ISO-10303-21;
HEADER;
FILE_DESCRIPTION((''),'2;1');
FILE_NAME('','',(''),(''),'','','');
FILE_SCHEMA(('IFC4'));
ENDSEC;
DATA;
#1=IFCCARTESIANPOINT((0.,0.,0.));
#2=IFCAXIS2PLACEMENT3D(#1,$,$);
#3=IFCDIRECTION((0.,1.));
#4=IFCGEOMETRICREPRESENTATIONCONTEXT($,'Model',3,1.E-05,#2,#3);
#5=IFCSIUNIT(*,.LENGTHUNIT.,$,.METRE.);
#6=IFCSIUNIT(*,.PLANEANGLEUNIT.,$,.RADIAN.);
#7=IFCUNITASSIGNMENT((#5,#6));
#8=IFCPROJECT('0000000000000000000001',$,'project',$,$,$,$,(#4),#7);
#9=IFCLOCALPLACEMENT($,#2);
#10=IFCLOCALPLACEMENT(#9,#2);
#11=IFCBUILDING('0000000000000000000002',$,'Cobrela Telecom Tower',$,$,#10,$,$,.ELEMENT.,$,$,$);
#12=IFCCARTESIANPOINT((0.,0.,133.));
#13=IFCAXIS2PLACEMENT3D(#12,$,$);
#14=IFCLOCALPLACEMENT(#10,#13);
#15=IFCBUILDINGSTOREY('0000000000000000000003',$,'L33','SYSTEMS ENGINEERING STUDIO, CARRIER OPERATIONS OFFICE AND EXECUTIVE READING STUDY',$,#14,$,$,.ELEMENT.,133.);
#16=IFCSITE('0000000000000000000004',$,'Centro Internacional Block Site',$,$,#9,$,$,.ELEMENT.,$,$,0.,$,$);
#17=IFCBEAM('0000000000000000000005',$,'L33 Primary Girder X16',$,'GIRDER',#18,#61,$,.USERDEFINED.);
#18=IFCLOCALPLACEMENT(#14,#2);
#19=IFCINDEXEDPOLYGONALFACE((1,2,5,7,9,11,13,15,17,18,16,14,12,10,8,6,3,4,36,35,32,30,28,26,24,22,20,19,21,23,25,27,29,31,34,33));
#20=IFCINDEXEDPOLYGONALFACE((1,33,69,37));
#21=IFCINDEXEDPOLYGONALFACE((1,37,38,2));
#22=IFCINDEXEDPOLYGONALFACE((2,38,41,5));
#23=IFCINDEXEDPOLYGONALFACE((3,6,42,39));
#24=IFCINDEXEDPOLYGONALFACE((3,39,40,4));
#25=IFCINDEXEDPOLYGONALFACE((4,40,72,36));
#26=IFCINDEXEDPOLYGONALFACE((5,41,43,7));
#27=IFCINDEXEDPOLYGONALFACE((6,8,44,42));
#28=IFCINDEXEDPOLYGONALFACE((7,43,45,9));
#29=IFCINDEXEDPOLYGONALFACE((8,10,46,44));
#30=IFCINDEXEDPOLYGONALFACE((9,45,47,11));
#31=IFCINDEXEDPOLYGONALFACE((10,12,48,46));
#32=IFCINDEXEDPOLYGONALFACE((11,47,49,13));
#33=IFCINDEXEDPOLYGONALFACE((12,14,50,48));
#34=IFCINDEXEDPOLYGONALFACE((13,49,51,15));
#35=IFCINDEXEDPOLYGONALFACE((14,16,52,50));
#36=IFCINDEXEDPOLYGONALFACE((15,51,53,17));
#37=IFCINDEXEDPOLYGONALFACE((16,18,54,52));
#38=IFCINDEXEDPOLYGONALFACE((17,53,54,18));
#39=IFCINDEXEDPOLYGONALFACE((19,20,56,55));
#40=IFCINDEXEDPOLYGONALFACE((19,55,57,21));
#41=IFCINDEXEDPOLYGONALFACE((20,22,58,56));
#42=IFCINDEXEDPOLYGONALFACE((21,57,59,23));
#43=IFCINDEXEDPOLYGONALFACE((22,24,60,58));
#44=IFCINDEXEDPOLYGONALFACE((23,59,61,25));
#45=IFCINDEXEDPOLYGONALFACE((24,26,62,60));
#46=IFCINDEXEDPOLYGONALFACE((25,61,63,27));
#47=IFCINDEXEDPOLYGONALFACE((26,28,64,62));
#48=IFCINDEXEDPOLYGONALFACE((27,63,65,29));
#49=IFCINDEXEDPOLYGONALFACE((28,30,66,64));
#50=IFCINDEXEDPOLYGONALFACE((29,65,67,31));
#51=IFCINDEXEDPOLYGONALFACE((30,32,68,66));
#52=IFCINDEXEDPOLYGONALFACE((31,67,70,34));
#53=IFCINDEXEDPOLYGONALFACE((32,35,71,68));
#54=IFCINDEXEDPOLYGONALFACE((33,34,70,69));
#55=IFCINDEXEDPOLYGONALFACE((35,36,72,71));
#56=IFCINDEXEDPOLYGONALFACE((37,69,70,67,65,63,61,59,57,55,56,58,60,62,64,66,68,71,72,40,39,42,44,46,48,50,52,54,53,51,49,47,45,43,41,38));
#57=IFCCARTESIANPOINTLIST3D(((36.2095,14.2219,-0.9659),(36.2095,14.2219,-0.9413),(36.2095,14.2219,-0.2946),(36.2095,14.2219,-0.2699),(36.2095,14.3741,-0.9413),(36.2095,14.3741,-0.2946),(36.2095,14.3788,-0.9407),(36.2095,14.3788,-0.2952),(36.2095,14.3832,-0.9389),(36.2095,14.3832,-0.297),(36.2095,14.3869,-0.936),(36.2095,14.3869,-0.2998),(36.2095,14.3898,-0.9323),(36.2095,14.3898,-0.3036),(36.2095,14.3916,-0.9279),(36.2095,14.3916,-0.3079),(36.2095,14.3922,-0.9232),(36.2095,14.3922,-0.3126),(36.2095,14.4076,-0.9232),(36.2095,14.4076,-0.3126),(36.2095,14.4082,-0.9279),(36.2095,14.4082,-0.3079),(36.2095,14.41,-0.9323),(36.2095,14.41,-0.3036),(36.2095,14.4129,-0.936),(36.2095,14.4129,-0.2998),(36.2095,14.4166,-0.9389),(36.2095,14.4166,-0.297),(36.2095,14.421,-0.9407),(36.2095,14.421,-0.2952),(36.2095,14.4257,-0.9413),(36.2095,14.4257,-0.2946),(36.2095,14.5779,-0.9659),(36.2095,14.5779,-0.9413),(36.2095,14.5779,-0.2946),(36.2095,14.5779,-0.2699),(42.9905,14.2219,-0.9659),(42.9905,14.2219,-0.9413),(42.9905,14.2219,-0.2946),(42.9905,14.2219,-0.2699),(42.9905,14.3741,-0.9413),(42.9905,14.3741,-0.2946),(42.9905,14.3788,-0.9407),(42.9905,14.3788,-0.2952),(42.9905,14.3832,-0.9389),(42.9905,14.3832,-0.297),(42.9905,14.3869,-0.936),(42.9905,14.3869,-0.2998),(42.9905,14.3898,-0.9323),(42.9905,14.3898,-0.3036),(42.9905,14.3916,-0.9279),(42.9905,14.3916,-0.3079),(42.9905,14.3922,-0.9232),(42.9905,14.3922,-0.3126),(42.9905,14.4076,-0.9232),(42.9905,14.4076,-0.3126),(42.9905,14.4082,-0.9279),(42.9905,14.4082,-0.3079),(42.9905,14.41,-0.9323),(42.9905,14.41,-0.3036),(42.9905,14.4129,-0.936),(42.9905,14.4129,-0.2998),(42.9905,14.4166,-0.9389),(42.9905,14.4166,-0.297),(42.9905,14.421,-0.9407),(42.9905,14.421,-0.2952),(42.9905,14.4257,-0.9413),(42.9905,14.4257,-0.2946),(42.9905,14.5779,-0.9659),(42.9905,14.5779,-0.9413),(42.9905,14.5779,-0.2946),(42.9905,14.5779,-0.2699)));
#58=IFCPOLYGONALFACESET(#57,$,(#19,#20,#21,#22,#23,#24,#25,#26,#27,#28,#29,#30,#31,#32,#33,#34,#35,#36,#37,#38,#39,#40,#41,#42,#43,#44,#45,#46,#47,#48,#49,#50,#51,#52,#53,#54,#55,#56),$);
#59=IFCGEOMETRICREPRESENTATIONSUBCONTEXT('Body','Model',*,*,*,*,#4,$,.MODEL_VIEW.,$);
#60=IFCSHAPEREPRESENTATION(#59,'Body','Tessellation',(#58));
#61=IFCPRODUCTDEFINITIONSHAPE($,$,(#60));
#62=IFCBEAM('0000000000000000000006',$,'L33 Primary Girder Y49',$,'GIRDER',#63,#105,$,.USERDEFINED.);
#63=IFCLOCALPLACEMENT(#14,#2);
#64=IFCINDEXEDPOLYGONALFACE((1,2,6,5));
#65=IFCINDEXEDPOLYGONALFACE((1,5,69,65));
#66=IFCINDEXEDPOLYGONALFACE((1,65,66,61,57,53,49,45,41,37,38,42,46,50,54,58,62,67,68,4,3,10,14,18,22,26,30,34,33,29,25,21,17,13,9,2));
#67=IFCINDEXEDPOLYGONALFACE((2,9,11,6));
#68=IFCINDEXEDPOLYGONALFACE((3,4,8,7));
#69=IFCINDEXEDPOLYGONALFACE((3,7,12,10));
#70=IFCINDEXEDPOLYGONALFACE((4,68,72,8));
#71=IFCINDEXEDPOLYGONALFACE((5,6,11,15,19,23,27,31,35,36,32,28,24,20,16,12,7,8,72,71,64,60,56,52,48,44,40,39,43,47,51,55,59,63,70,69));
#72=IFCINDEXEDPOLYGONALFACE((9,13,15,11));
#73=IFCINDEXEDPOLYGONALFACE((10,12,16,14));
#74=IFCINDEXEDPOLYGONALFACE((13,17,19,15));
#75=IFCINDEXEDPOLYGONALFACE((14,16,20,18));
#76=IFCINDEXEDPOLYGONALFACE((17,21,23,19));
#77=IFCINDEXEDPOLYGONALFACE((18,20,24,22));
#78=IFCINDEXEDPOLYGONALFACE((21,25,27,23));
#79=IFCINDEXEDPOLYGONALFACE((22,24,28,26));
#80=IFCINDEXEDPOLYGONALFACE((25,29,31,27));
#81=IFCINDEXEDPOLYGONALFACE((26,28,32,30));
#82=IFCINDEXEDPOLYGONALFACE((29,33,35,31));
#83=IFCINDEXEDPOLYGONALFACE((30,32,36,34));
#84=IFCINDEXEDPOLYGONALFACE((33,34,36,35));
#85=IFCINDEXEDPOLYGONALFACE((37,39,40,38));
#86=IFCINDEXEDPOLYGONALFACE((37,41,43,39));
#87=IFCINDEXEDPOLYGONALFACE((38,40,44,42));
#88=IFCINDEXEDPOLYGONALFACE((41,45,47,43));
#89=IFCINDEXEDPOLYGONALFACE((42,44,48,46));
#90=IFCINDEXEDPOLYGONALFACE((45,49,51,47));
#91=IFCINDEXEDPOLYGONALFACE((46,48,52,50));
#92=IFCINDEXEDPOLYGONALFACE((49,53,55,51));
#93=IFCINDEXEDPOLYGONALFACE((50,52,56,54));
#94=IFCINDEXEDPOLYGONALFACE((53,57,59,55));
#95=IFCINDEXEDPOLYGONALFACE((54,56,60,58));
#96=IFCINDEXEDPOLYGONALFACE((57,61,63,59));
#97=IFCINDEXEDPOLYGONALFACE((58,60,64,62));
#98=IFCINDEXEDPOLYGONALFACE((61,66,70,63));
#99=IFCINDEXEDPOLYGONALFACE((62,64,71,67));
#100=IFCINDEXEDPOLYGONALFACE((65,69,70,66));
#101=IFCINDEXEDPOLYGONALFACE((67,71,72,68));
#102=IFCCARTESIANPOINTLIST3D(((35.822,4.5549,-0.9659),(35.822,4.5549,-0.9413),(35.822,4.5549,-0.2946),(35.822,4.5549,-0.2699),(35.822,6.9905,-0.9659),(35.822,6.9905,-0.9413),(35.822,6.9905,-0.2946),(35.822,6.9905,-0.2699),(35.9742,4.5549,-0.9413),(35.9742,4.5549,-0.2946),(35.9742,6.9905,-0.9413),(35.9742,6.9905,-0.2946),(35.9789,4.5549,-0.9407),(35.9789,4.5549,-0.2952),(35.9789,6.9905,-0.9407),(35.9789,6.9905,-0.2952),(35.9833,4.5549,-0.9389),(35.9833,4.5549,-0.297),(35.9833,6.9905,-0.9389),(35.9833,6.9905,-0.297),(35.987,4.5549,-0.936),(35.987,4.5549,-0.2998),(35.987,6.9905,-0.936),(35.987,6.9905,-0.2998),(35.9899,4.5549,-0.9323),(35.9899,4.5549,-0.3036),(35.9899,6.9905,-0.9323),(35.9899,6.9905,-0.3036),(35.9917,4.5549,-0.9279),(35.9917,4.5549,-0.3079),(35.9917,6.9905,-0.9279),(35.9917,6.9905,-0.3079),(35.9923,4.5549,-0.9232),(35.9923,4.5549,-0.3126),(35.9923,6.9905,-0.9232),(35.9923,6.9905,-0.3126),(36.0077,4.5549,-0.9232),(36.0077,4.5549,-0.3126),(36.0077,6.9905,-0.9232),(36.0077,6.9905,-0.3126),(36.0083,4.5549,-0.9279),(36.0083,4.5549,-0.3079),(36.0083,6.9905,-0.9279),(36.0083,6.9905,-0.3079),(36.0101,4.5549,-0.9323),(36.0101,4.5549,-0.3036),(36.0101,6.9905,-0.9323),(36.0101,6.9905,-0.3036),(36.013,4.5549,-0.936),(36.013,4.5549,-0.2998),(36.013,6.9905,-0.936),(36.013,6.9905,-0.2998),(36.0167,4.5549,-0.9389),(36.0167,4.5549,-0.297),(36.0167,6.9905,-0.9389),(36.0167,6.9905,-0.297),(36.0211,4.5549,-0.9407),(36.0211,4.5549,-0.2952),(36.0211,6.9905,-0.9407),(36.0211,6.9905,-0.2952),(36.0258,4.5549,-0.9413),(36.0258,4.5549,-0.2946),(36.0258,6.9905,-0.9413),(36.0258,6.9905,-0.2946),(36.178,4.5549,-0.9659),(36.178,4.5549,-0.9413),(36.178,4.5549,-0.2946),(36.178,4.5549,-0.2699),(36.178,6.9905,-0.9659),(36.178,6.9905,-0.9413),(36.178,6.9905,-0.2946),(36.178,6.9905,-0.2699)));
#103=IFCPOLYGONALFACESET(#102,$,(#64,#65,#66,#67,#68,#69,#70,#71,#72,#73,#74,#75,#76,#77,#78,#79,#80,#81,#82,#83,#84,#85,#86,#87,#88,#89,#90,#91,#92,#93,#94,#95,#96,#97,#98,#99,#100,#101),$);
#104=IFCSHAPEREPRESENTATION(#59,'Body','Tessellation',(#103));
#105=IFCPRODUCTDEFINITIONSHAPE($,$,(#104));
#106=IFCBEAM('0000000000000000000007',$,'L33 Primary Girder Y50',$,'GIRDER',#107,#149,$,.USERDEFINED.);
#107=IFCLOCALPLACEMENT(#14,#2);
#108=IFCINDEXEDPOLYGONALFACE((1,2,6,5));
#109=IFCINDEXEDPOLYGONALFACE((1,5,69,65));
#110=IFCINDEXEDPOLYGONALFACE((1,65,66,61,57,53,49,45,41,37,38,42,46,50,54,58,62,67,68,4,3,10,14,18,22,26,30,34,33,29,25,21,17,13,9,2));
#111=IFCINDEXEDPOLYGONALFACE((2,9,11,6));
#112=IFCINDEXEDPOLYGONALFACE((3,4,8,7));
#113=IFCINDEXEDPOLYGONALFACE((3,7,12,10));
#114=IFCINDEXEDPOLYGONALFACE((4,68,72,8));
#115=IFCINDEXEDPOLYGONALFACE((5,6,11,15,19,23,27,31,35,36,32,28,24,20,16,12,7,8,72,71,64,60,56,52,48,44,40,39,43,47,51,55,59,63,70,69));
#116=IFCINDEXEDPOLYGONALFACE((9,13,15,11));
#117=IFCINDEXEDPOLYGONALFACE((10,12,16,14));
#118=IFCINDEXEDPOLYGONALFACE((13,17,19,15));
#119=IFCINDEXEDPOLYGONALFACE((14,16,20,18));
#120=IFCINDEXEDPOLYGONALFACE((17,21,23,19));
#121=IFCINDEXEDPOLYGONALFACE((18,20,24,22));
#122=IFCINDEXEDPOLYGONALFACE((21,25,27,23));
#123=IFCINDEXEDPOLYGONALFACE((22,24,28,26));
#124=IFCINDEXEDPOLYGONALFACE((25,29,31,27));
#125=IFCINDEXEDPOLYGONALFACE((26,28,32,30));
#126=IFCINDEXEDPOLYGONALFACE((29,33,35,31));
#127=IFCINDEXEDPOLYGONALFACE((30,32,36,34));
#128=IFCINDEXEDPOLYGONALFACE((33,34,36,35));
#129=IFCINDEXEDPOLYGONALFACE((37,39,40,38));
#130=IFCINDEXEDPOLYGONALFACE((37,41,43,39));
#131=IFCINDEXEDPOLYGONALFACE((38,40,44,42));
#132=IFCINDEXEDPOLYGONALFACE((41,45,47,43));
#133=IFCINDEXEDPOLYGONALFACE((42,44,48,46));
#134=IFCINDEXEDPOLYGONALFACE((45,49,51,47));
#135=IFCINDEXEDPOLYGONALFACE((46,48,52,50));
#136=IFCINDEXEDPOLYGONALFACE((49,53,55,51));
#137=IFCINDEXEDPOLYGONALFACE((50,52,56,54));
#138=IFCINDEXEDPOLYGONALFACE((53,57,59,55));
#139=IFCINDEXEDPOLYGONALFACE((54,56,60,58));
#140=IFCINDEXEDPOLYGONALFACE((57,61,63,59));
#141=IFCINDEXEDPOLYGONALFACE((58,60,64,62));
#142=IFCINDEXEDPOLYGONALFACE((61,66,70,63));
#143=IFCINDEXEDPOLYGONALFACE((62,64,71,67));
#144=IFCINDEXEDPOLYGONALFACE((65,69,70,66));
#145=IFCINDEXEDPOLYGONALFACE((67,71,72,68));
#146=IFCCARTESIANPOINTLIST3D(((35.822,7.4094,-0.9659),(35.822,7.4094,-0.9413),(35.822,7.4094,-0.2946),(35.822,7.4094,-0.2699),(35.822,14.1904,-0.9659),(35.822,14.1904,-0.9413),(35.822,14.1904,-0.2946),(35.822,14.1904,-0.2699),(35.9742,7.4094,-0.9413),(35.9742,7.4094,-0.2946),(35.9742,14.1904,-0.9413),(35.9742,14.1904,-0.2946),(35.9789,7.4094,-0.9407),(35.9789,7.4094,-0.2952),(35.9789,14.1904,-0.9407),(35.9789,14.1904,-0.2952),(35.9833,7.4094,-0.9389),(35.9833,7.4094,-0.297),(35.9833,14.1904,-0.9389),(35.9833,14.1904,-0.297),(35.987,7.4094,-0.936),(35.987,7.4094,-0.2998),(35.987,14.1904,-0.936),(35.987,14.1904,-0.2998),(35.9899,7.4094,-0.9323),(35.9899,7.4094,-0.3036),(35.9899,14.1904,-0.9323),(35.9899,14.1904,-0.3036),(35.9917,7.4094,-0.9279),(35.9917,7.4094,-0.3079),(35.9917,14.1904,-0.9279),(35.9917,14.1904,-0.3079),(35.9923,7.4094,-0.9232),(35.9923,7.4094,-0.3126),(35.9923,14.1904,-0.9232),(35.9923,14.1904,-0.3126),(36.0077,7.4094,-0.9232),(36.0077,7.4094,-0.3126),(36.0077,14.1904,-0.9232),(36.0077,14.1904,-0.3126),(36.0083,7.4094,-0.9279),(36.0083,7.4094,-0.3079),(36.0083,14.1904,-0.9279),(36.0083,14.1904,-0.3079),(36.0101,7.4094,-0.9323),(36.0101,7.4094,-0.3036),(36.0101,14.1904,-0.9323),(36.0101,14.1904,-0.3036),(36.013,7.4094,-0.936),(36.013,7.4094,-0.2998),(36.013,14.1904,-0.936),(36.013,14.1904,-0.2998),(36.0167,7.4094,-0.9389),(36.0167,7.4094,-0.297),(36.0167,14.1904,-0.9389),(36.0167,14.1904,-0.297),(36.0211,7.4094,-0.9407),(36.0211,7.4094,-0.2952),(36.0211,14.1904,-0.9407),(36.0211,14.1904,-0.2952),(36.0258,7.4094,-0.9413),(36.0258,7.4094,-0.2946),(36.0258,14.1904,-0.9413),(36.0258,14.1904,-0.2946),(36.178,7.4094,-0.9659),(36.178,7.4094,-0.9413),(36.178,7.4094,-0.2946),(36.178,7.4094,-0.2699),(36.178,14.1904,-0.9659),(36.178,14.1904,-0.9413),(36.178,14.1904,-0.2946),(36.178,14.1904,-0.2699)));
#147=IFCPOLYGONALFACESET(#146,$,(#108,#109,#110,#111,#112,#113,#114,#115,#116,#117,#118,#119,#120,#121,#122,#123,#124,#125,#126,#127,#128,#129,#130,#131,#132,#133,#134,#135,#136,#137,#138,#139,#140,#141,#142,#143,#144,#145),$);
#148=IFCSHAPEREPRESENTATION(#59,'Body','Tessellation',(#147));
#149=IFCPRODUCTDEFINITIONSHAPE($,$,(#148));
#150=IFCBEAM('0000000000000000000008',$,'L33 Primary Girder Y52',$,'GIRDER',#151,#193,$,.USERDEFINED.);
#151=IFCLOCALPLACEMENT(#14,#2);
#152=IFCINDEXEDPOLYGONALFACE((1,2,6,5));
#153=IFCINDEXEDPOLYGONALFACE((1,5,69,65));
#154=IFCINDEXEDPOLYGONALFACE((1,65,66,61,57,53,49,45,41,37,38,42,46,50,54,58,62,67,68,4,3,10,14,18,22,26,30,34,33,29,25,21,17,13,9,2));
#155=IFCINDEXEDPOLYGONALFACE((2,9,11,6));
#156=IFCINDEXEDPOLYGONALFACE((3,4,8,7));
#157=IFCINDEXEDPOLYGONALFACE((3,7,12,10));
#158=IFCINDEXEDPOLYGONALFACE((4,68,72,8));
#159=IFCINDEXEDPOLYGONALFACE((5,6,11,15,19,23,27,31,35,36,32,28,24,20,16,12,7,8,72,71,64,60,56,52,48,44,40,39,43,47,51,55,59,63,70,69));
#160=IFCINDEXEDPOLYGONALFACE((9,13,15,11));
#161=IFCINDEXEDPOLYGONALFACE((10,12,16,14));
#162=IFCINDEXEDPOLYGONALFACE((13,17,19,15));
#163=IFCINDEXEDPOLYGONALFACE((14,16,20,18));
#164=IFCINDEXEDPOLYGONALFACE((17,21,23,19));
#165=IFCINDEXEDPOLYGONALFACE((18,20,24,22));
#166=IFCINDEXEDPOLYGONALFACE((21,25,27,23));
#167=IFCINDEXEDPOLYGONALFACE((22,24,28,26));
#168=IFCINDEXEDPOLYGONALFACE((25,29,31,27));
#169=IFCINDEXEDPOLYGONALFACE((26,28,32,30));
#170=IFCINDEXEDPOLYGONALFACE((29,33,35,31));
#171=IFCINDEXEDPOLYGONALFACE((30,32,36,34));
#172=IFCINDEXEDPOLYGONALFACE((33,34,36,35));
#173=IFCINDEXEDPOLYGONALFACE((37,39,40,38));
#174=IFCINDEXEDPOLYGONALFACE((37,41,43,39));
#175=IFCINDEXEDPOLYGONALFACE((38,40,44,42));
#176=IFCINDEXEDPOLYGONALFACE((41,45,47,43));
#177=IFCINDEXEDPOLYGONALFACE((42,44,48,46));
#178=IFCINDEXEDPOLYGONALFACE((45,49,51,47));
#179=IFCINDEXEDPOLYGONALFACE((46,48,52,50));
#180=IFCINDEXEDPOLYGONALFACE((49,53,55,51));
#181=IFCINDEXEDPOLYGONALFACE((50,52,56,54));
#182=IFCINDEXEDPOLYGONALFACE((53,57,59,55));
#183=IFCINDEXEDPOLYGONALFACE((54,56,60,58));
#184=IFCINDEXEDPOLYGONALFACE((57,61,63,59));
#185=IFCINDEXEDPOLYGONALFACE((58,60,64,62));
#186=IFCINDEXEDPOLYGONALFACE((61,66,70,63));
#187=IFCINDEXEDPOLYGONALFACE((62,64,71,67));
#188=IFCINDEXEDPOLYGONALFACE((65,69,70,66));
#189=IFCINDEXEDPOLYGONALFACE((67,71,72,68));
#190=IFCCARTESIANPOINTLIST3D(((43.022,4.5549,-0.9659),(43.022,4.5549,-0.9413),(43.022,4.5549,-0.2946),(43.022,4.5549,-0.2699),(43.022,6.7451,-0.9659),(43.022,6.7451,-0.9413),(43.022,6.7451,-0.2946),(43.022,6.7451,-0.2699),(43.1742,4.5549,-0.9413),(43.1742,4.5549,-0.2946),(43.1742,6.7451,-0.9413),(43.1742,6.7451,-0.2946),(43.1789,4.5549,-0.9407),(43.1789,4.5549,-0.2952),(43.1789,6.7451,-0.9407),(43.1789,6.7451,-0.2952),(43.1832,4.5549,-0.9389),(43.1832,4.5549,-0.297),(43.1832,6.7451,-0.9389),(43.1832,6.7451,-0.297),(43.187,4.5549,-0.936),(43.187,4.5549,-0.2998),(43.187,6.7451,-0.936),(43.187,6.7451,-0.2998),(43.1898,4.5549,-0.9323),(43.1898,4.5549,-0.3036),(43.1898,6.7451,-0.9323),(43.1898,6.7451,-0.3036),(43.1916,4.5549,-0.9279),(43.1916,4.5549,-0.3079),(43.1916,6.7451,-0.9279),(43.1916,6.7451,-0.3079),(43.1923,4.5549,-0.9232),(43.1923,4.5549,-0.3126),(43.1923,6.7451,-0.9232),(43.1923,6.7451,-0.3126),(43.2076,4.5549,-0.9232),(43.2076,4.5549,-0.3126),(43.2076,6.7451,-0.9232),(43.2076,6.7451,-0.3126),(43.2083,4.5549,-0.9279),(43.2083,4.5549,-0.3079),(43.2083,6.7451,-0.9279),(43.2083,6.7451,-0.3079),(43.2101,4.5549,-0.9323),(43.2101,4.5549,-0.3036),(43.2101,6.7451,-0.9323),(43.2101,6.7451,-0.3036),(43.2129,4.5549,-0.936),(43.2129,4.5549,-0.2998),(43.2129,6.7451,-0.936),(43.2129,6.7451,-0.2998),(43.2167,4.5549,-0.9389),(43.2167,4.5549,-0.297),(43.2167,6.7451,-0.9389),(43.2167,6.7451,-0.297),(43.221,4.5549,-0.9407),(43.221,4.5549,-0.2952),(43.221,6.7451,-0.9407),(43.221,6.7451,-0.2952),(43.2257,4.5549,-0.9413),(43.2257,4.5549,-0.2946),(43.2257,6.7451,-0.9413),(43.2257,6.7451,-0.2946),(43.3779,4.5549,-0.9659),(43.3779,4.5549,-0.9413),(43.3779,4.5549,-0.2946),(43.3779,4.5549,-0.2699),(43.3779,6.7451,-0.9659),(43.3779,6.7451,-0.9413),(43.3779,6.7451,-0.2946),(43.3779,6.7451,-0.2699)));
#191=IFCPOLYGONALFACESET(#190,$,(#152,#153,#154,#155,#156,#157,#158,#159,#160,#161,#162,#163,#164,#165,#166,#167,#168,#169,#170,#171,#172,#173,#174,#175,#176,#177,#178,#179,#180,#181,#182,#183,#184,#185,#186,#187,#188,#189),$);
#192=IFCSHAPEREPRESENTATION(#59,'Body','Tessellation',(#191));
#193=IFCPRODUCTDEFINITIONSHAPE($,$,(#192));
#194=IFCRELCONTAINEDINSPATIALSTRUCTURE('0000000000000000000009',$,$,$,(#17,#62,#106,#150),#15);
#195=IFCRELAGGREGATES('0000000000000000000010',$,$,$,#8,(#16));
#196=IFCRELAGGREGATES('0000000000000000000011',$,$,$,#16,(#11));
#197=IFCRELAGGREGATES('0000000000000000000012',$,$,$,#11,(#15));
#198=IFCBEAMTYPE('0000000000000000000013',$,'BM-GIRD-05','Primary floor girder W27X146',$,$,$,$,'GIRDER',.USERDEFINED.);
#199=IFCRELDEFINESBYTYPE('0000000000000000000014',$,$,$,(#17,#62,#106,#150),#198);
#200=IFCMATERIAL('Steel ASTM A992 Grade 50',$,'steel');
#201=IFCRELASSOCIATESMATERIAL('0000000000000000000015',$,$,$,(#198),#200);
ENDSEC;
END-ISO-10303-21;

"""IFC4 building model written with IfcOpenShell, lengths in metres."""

from ifc_helpers import new_model, si_unit, direction, frame, origin, origin_2d, place, context, subcontext, project, spatial, i_section, extrude, material, material_profile, profile_set, type_object, element, save


model = new_model("IFC4")

# Units and contexts
model_context = context("Model", 3, precision=1e-05, world=origin(), true_north=direction((0.0, 1.0)))
body_context = subcontext(model_context, "Body", "Model", "MODEL_VIEW")
ifc_project = project(units=[si_unit("LENGTHUNIT", "METRE"), si_unit("PLANEANGLEUNIT", "RADIAN")], contexts=[model_context])

# Site, building, storey
site_placement = place(None, origin())
site = spatial("IfcSite", under=ifc_project, at=site_placement, Name="Centro Internacional Block Site", CompositionType="ELEMENT", RefElevation=0.0)
building_placement = place(site_placement, origin())
building = spatial("IfcBuilding", under=site, at=building_placement, Name="Cobrela Telecom Tower", CompositionType="ELEMENT")
storey_placement = place(building_placement, frame((0.0, 0.0, 133.0)))
storey = spatial("IfcBuildingStorey", under=building, at=storey_placement, Name="L33", Description="SYSTEMS ENGINEERING STUDIO, CARRIER OPERATIONS OFFICE AND EXECUTIVE READING STUDY", CompositionType="ELEMENT", Elevation=133.0)

# Shared definitions
ifc_material_1 = material(Name="Steel ASTM A992 Grade 50", Category="steel")

# Beams
ifc_material_profile_1 = material_profile(ifc_material_1, i_section(OverallWidth=0.356, OverallDepth=0.696, WebThickness=0.0154, FlangeThickness=0.0247, FilletRadius=0.0181, at=origin_2d()), Name="W27X146")
ifc_profile_set_1 = profile_set([ifc_material_profile_1], Name="Steel ASTM A992 Grade 50")
beam_type_1 = type_object("IfcBeamType", Name="BM-GIRD-05", Description="Primary floor girder W27X146", ElementType="GIRDER", PredefinedType="USERDEFINED", material=ifc_profile_set_1)
beam_1_placement = place(storey_placement, frame((36.2095, 14.3999, -0.6179), z_axis=(1.0, 0.0, 0.0), x_axis=(0.0, 1.0, 0.0)))
element("IfcBeam", 1, at=beam_1_placement, inside=storey, type_object=beam_type_1, Name="L33 Primary Girder X16", ObjectType="GIRDER", PredefinedType="USERDEFINED", context=body_context, shape_type="SweptSolid", body=[
    extrude(i_section(OverallWidth=0.356, OverallDepth=0.696, WebThickness=0.0154, FlangeThickness=0.0247, FilletRadius=0.0181, at=origin_2d()), origin(), (0.0, 0.0, 1.0), 6.781),
])
beam_2_placement = place(storey_placement, frame((36.0, 4.5549, -0.6179), z_axis=(0.0, 1.0, 0.0), x_axis=(-1.0, 0.0, 0.0)))
element("IfcBeam", 2, at=beam_2_placement, inside=storey, type_object=beam_type_1, Name="L33 Primary Girder Y49", ObjectType="GIRDER", PredefinedType="USERDEFINED", context=body_context, shape_type="SweptSolid", body=[
    extrude(i_section(OverallWidth=0.356, OverallDepth=0.696, WebThickness=0.0154, FlangeThickness=0.0247, FilletRadius=0.0181, at=origin_2d()), origin(), (0.0, 0.0, 1.0), 2.4355),
])
beam_3_placement = place(storey_placement, frame((36.0, 7.4094, -0.6179), z_axis=(0.0, 1.0, 0.0), x_axis=(-1.0, 0.0, 0.0)))
element("IfcBeam", 3, at=beam_3_placement, inside=storey, type_object=beam_type_1, Name="L33 Primary Girder Y50", ObjectType="GIRDER", PredefinedType="USERDEFINED", context=body_context, shape_type="SweptSolid", body=[
    extrude(i_section(OverallWidth=0.356, OverallDepth=0.696, WebThickness=0.0154, FlangeThickness=0.0247, FilletRadius=0.0181, at=origin_2d()), origin(), (0.0, 0.0, 1.0), 6.781),
])
beam_4_placement = place(storey_placement, frame((43.2, 4.5549, -0.6179), z_axis=(0.0, 1.0, 0.0), x_axis=(-1.0, 0.0, 0.0)))
element("IfcBeam", 4, at=beam_4_placement, inside=storey, type_object=beam_type_1, Name="L33 Primary Girder Y52", ObjectType="GIRDER", PredefinedType="USERDEFINED", context=body_context, shape_type="SweptSolid", body=[
    extrude(i_section(OverallWidth=0.356, OverallDepth=0.696, WebThickness=0.0154, FlangeThickness=0.0247, FilletRadius=0.0181, at=origin_2d()), origin(), (0.0, 0.0, 1.0), 2.1902),
])

save(model, "model.ifc")
